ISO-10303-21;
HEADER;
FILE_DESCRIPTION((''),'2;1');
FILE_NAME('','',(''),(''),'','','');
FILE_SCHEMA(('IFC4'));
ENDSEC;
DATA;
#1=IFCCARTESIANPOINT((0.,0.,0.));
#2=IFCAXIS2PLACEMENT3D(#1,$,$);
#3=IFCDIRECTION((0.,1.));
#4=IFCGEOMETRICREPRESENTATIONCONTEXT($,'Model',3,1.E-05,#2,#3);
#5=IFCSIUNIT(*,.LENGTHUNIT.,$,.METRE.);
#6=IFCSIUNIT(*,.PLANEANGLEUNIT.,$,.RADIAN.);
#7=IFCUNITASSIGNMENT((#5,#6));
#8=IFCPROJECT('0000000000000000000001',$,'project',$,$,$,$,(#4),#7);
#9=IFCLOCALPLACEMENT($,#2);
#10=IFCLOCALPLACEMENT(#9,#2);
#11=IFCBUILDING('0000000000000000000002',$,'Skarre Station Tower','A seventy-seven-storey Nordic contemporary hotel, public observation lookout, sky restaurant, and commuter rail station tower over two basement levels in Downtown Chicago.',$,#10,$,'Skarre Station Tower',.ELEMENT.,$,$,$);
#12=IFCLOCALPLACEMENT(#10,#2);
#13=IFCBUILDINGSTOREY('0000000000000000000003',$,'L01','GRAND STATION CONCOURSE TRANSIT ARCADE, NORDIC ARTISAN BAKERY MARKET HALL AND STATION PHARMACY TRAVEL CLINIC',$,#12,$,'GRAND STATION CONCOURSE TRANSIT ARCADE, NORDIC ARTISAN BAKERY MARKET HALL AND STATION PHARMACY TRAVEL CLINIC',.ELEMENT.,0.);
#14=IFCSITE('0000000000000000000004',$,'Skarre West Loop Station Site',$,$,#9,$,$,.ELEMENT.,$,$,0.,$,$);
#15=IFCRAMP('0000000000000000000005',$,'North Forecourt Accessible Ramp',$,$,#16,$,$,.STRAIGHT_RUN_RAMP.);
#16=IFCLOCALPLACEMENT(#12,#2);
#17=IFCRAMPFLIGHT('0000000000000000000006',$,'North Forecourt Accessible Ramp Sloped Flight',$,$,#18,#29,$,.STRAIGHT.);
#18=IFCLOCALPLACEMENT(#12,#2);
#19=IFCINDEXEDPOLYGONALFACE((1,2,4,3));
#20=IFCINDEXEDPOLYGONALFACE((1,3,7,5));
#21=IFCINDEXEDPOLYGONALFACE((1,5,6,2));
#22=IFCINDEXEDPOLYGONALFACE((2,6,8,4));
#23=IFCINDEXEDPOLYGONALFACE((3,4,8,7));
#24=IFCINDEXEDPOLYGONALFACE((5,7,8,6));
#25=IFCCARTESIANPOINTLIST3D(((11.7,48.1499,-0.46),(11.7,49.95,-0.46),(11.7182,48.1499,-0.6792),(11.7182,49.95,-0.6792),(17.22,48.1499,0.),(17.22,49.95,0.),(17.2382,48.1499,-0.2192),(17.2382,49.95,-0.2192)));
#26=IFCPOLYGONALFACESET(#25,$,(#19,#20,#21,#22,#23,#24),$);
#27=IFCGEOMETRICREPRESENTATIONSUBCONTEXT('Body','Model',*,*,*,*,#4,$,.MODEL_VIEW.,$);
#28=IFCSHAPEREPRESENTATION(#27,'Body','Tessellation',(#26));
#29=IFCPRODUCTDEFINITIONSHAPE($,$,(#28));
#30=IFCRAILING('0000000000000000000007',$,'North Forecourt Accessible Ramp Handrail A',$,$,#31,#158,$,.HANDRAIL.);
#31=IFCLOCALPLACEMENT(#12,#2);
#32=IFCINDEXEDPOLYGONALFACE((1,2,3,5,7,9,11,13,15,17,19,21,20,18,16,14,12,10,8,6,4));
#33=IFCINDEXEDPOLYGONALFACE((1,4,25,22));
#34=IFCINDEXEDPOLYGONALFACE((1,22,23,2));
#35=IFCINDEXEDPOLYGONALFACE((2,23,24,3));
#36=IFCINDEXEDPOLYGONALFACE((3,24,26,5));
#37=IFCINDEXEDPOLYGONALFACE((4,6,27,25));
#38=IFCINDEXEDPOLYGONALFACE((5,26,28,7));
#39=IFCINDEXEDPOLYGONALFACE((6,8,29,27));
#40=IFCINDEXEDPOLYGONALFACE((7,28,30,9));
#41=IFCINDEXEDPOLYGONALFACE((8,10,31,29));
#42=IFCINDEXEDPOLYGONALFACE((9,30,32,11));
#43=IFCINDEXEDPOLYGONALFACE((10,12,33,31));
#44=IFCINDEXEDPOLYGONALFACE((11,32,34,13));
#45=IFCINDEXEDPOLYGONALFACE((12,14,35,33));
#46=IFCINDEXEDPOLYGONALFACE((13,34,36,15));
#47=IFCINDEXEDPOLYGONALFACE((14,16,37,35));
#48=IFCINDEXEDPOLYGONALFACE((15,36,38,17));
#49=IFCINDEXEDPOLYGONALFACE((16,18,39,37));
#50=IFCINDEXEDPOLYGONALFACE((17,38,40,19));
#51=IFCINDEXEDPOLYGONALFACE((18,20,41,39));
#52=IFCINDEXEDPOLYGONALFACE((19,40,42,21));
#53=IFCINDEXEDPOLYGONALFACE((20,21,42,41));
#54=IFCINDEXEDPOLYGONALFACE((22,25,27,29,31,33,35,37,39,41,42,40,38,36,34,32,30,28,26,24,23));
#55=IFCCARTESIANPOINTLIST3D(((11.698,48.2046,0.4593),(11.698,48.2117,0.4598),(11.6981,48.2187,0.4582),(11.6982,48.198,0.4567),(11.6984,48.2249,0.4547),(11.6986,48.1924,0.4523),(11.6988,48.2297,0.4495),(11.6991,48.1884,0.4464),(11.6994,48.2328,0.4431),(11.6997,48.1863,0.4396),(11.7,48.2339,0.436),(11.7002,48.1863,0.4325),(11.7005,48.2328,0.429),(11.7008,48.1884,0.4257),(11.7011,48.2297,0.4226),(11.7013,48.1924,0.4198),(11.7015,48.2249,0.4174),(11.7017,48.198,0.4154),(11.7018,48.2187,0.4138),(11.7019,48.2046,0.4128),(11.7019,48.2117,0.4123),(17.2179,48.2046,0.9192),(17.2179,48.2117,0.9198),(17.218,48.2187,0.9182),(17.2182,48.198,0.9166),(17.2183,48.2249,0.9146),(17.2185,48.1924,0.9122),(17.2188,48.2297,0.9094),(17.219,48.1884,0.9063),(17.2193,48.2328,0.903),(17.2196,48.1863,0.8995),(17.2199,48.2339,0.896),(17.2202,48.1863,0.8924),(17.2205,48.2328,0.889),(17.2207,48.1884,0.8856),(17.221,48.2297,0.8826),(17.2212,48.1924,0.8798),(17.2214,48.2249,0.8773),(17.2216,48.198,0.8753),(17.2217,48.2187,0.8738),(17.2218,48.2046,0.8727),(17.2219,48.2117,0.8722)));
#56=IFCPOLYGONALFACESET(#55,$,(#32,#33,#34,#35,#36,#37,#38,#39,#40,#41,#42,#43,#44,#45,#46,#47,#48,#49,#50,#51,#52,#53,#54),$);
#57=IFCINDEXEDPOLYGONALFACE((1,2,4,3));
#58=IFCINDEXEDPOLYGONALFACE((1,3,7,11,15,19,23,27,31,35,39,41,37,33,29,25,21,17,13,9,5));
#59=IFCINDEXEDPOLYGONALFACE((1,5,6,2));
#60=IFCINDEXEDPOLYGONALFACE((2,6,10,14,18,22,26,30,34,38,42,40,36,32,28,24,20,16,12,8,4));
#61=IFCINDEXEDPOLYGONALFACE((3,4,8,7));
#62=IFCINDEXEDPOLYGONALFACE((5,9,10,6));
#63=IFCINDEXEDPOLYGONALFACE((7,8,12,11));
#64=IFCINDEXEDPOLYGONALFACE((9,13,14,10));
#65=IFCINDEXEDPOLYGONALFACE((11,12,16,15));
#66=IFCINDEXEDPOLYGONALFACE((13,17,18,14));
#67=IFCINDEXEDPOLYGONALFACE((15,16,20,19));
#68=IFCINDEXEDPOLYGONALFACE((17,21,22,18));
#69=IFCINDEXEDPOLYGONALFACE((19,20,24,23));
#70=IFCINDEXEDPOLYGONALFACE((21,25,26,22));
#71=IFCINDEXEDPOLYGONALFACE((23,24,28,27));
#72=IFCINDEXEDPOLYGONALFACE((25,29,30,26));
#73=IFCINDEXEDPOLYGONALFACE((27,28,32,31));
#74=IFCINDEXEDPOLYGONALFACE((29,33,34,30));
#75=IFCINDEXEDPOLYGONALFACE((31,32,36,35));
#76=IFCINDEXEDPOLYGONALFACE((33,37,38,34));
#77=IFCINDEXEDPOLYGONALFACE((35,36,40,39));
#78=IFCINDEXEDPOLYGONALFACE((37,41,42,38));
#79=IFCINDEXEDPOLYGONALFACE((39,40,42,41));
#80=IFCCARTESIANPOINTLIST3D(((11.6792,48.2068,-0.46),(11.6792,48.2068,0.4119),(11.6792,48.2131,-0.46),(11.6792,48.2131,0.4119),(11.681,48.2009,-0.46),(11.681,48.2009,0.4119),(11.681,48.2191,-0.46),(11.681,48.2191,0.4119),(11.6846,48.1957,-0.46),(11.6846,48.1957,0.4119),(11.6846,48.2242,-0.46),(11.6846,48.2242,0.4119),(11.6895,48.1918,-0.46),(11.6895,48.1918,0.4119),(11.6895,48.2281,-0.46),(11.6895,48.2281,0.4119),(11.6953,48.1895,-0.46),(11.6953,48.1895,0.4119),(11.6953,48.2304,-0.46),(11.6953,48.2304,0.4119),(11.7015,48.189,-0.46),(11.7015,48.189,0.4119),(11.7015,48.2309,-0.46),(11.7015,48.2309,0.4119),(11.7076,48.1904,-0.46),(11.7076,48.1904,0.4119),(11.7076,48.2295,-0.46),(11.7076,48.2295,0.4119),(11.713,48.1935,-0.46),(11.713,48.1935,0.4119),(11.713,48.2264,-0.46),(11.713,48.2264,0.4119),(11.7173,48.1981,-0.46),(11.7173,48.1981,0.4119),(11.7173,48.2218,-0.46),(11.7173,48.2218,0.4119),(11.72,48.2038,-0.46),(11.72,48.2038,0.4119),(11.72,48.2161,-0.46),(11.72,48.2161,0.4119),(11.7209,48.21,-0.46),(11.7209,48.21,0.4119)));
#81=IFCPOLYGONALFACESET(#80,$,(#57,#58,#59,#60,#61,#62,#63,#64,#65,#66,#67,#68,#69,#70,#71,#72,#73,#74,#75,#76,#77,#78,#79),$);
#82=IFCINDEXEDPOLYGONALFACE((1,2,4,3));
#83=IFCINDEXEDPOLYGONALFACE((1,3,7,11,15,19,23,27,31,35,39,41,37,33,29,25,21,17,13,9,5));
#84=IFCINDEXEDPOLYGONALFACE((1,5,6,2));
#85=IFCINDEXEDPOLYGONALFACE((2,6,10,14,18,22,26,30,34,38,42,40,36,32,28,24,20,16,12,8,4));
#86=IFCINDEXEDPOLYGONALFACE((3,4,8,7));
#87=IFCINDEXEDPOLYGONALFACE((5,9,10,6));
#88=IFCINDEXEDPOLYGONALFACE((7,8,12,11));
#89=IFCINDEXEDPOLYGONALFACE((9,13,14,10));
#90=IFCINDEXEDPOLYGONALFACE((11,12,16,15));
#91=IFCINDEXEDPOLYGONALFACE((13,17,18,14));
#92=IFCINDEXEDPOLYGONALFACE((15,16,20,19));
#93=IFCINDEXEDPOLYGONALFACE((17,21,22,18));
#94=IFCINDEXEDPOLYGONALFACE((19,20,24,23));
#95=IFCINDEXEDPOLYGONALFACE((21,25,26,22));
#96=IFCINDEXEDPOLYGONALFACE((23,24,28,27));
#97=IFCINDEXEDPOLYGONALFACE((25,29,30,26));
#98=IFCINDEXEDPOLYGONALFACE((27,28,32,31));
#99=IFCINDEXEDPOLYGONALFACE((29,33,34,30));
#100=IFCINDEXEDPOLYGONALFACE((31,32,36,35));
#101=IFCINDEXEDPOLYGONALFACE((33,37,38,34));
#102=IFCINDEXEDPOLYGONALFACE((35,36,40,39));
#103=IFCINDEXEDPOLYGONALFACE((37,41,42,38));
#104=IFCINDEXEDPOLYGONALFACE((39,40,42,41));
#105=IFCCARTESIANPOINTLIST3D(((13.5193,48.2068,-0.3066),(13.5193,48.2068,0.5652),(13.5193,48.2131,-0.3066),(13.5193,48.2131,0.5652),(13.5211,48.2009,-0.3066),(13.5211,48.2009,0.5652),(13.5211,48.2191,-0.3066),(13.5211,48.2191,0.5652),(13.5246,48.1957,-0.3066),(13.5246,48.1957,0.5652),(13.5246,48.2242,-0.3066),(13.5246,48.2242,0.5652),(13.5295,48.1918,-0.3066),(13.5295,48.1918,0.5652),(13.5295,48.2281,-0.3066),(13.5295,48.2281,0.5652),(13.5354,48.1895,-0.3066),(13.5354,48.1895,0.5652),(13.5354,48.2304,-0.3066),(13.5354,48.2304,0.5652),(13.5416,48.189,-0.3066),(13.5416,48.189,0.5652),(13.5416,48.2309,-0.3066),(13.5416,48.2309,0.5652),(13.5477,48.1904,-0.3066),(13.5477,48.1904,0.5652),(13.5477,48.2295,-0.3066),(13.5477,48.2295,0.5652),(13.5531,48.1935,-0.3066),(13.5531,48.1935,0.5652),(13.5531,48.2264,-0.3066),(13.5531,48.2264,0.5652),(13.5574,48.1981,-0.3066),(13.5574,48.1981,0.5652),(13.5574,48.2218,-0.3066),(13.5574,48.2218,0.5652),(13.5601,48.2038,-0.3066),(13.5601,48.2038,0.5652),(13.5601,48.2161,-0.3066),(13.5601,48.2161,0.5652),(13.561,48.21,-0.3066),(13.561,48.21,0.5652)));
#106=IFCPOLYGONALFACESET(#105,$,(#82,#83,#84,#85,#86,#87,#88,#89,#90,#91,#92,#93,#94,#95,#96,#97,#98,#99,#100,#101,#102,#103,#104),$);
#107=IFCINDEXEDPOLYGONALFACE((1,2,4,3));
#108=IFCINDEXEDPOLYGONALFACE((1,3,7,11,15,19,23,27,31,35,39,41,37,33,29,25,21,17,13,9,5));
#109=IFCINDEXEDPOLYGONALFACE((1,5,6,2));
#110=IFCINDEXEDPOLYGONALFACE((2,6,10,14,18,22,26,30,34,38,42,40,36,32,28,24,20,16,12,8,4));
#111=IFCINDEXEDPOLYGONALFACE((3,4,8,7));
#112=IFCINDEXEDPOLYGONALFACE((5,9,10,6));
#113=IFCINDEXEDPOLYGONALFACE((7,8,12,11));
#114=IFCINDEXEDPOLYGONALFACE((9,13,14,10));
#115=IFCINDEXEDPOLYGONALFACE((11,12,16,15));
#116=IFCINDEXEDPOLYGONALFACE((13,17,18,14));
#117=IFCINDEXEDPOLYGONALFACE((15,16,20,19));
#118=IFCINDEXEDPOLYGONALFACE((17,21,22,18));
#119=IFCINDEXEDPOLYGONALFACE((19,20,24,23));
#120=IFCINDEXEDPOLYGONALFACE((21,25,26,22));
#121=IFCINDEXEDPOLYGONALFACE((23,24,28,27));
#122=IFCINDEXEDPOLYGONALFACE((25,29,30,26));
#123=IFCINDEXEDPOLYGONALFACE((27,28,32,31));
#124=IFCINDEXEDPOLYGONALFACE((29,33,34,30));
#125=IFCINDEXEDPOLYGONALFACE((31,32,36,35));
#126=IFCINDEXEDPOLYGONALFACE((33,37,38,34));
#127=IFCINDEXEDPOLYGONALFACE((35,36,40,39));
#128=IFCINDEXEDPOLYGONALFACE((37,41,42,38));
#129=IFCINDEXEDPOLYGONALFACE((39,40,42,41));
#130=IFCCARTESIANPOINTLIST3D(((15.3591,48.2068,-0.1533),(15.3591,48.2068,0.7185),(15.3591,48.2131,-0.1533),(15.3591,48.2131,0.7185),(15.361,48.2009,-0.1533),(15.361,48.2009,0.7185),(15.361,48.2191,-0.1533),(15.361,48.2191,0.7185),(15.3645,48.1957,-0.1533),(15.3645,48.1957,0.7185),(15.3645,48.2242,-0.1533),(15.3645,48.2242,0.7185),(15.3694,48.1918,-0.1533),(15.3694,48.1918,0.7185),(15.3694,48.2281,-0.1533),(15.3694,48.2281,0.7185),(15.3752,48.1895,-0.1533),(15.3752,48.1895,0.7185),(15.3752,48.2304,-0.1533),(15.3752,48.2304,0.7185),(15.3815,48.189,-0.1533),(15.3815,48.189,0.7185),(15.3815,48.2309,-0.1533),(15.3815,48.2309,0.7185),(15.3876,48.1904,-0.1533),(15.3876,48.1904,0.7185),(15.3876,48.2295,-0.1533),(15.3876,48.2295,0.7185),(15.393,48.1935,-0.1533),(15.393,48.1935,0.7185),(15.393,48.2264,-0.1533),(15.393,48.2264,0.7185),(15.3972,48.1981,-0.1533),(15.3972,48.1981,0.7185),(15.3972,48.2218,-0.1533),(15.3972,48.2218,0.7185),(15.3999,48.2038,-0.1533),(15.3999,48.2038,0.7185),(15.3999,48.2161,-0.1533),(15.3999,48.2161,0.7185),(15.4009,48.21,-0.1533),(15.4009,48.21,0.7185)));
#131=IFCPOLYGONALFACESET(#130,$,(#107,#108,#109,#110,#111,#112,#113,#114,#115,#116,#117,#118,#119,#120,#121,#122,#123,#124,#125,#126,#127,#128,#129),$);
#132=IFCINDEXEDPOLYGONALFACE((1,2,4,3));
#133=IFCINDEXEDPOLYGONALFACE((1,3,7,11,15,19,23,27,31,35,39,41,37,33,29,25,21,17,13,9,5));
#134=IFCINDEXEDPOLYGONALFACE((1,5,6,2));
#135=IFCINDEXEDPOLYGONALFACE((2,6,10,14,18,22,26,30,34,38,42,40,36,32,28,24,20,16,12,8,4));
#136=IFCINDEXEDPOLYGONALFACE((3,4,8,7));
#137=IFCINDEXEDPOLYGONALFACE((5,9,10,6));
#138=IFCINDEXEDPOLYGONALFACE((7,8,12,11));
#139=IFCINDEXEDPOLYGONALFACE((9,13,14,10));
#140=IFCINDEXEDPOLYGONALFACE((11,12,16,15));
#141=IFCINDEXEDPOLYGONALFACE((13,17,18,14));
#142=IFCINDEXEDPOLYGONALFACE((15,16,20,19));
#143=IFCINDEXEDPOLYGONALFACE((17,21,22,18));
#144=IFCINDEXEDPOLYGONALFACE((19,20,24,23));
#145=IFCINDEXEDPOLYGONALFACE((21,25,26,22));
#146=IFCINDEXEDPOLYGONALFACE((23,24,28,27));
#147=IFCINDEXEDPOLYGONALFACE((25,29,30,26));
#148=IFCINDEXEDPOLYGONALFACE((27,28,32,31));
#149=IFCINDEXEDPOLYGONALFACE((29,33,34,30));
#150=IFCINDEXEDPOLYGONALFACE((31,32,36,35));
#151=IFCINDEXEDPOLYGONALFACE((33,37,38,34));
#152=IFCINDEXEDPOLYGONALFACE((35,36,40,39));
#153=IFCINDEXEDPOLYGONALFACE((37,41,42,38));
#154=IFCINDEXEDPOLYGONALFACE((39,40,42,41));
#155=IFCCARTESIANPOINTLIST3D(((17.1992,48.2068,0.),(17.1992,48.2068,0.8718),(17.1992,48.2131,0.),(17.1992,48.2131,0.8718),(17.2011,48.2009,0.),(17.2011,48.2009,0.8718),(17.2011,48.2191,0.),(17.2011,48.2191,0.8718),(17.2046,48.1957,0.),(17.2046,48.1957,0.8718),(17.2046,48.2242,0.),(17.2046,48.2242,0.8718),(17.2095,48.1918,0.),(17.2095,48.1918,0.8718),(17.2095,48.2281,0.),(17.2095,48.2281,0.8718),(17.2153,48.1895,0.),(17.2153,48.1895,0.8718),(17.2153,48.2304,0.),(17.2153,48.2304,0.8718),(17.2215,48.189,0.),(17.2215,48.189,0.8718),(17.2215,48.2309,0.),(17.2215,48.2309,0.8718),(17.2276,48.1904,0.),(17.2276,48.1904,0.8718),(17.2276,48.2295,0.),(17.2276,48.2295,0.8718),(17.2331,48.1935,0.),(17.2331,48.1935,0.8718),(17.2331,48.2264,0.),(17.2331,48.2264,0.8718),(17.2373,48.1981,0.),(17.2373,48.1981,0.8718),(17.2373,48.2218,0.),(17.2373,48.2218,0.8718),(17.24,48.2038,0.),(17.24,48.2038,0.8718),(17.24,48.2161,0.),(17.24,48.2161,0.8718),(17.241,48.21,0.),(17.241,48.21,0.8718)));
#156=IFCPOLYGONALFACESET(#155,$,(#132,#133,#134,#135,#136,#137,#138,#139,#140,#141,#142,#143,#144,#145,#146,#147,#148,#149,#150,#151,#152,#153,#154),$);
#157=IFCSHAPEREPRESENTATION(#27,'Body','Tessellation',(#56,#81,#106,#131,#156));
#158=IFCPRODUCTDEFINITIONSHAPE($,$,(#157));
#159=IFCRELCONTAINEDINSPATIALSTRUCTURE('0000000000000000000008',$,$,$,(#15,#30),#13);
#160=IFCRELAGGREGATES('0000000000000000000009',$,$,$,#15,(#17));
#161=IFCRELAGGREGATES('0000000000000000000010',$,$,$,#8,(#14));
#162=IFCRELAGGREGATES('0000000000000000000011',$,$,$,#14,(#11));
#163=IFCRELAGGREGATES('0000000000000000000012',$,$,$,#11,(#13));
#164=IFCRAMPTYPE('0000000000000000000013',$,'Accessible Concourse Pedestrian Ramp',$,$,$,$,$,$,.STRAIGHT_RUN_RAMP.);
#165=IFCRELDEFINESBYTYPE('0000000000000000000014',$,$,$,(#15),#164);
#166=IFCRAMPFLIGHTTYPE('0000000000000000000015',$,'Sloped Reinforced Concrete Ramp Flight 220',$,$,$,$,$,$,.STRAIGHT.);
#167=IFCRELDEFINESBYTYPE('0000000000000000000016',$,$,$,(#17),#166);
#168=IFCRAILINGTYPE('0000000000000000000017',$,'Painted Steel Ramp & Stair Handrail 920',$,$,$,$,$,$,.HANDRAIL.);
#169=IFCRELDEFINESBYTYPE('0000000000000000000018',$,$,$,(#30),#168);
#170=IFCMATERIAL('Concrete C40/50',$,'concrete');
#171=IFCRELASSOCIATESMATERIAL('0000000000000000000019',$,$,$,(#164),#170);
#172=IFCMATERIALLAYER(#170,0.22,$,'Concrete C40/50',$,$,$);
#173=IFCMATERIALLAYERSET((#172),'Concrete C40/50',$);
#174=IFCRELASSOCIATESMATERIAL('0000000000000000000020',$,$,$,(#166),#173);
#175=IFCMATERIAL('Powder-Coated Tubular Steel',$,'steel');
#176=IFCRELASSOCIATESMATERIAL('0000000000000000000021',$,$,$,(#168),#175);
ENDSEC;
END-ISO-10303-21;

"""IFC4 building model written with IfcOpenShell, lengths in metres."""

from ifc_helpers import new_model, si_unit, direction, frame, origin, origin_2d, place, context, subcontext, project, spatial, polyline, circle, outline, extrude, material, layer, layer_set, type_object, element, aggregate, save


model = new_model("IFC4")

# Units and contexts
model_context = context("Model", 3, precision=1e-05, world=origin(), true_north=direction((0.0, 1.0)))
body_context = subcontext(model_context, "Body", "Model", "MODEL_VIEW")
ifc_project = project(units=[si_unit("LENGTHUNIT", "METRE"), si_unit("PLANEANGLEUNIT", "RADIAN")], contexts=[model_context])

# Site, building, storey
site_placement = place(None, origin())
site = spatial("IfcSite", under=ifc_project, at=site_placement, Name="Skarre West Loop Station Site", CompositionType="ELEMENT", RefElevation=0.0)
building_placement = place(site_placement, origin())
building = spatial("IfcBuilding", under=site, at=building_placement, Name="Skarre Station Tower", Description="A seventy-seven-storey Nordic contemporary hotel, public observation lookout, sky restaurant, and commuter rail station tower over two basement levels in Downtown Chicago.", LongName="Skarre Station Tower", CompositionType="ELEMENT")
storey_placement = place(building_placement, origin())
storey = spatial("IfcBuildingStorey", under=building, at=storey_placement, Name="L01", Description="GRAND STATION CONCOURSE TRANSIT ARCADE, NORDIC ARTISAN BAKERY MARKET HALL AND STATION PHARMACY TRAVEL CLINIC", LongName="GRAND STATION CONCOURSE TRANSIT ARCADE, NORDIC ARTISAN BAKERY MARKET HALL AND STATION PHARMACY TRAVEL CLINIC", CompositionType="ELEMENT", Elevation=0.0)

# Ramp, ramp flight
ifc_material_1 = material(Name="Concrete C40/50", Category="concrete")
ramp_type = type_object("IfcRampType", Name="Accessible Concourse Pedestrian Ramp", PredefinedType="STRAIGHT_RUN_RAMP", material=ifc_material_1)
ramp_placement = place(storey_placement, origin())
ramp = element("IfcRamp", 1, at=ramp_placement, inside=storey, type_object=ramp_type, Name="North Forecourt Accessible Ramp", PredefinedType="STRAIGHT_RUN_RAMP")
ifc_layer_1 = layer(ifc_material_1, 0.22, Name="Concrete C40/50")
ifc_layer_set_1 = layer_set([ifc_layer_1], Name="Concrete C40/50")
ramp_flight_type = type_object("IfcRampFlightType", Name="Sloped Reinforced Concrete Ramp Flight 220", PredefinedType="STRAIGHT", material=ifc_layer_set_1)
ramp_flight_placement = place(storey_placement, frame((11.7, 48.1499, -0.46), z_axis=(-0.083038, 0.0, 0.996546), x_axis=(0.996546, 0.0, 0.083038)))
ramp_flight = element("IfcRampFlight", 2, at=ramp_flight_placement, type_object=ramp_flight_type, Name="North Forecourt Accessible Ramp Sloped Flight", PredefinedType="STRAIGHT", context=body_context, shape_type="SweptSolid", body=[
    extrude(outline(polyline([(0.0, 0.0), (5.5391, 0.0), (5.5391, 1.8), (0.0, 1.8), (0.0, 0.0)])), origin(), (0.0, 0.0, -1.0), 0.22),
])
aggregate(ramp, [ramp_flight])

# Railing
ifc_material_2 = material(Name="Powder-Coated Tubular Steel", Category="steel")
railing_type = type_object("IfcRailingType", Name="Painted Steel Ramp & Stair Handrail 920", PredefinedType="HANDRAIL", material=ifc_material_2)
for number, where, name in (
    (3, (11.7, 48.21, -0.46), "North Forecourt Accessible Ramp Handrail A"),
):
    element("IfcRailing", number, at=place(storey_placement, frame(where)), inside=storey, type_object=railing_type, Name=name, PredefinedType="HANDRAIL", context=body_context, shape_type="SweptSolid", body=[
        extrude(circle(Radius=0.0239, at=origin_2d()), frame((0.0, 0.0, 0.896), z_axis=(0.996546, 0.0, 0.083038), x_axis=(0.0, 1.0, 0.0)), (0.0, 0.0, 1.0), 5.5391),
        extrude(circle(Radius=0.021, at=origin_2d()), origin(), (0.0, 0.0, 1.0), 0.8718),
        extrude(circle(Radius=0.021, at=origin_2d()), frame((1.8401, 0.0, 0.1533)), (0.0, 0.0, 1.0), 0.8718),
        extrude(circle(Radius=0.021, at=origin_2d()), frame((3.6799, 0.0, 0.3066)), (0.0, 0.0, 1.0), 0.8718),
        extrude(circle(Radius=0.021, at=origin_2d()), frame((5.52, 0.0, 0.46)), (0.0, 0.0, 1.0), 0.8718),
    ])

save(model, "model.ifc")
